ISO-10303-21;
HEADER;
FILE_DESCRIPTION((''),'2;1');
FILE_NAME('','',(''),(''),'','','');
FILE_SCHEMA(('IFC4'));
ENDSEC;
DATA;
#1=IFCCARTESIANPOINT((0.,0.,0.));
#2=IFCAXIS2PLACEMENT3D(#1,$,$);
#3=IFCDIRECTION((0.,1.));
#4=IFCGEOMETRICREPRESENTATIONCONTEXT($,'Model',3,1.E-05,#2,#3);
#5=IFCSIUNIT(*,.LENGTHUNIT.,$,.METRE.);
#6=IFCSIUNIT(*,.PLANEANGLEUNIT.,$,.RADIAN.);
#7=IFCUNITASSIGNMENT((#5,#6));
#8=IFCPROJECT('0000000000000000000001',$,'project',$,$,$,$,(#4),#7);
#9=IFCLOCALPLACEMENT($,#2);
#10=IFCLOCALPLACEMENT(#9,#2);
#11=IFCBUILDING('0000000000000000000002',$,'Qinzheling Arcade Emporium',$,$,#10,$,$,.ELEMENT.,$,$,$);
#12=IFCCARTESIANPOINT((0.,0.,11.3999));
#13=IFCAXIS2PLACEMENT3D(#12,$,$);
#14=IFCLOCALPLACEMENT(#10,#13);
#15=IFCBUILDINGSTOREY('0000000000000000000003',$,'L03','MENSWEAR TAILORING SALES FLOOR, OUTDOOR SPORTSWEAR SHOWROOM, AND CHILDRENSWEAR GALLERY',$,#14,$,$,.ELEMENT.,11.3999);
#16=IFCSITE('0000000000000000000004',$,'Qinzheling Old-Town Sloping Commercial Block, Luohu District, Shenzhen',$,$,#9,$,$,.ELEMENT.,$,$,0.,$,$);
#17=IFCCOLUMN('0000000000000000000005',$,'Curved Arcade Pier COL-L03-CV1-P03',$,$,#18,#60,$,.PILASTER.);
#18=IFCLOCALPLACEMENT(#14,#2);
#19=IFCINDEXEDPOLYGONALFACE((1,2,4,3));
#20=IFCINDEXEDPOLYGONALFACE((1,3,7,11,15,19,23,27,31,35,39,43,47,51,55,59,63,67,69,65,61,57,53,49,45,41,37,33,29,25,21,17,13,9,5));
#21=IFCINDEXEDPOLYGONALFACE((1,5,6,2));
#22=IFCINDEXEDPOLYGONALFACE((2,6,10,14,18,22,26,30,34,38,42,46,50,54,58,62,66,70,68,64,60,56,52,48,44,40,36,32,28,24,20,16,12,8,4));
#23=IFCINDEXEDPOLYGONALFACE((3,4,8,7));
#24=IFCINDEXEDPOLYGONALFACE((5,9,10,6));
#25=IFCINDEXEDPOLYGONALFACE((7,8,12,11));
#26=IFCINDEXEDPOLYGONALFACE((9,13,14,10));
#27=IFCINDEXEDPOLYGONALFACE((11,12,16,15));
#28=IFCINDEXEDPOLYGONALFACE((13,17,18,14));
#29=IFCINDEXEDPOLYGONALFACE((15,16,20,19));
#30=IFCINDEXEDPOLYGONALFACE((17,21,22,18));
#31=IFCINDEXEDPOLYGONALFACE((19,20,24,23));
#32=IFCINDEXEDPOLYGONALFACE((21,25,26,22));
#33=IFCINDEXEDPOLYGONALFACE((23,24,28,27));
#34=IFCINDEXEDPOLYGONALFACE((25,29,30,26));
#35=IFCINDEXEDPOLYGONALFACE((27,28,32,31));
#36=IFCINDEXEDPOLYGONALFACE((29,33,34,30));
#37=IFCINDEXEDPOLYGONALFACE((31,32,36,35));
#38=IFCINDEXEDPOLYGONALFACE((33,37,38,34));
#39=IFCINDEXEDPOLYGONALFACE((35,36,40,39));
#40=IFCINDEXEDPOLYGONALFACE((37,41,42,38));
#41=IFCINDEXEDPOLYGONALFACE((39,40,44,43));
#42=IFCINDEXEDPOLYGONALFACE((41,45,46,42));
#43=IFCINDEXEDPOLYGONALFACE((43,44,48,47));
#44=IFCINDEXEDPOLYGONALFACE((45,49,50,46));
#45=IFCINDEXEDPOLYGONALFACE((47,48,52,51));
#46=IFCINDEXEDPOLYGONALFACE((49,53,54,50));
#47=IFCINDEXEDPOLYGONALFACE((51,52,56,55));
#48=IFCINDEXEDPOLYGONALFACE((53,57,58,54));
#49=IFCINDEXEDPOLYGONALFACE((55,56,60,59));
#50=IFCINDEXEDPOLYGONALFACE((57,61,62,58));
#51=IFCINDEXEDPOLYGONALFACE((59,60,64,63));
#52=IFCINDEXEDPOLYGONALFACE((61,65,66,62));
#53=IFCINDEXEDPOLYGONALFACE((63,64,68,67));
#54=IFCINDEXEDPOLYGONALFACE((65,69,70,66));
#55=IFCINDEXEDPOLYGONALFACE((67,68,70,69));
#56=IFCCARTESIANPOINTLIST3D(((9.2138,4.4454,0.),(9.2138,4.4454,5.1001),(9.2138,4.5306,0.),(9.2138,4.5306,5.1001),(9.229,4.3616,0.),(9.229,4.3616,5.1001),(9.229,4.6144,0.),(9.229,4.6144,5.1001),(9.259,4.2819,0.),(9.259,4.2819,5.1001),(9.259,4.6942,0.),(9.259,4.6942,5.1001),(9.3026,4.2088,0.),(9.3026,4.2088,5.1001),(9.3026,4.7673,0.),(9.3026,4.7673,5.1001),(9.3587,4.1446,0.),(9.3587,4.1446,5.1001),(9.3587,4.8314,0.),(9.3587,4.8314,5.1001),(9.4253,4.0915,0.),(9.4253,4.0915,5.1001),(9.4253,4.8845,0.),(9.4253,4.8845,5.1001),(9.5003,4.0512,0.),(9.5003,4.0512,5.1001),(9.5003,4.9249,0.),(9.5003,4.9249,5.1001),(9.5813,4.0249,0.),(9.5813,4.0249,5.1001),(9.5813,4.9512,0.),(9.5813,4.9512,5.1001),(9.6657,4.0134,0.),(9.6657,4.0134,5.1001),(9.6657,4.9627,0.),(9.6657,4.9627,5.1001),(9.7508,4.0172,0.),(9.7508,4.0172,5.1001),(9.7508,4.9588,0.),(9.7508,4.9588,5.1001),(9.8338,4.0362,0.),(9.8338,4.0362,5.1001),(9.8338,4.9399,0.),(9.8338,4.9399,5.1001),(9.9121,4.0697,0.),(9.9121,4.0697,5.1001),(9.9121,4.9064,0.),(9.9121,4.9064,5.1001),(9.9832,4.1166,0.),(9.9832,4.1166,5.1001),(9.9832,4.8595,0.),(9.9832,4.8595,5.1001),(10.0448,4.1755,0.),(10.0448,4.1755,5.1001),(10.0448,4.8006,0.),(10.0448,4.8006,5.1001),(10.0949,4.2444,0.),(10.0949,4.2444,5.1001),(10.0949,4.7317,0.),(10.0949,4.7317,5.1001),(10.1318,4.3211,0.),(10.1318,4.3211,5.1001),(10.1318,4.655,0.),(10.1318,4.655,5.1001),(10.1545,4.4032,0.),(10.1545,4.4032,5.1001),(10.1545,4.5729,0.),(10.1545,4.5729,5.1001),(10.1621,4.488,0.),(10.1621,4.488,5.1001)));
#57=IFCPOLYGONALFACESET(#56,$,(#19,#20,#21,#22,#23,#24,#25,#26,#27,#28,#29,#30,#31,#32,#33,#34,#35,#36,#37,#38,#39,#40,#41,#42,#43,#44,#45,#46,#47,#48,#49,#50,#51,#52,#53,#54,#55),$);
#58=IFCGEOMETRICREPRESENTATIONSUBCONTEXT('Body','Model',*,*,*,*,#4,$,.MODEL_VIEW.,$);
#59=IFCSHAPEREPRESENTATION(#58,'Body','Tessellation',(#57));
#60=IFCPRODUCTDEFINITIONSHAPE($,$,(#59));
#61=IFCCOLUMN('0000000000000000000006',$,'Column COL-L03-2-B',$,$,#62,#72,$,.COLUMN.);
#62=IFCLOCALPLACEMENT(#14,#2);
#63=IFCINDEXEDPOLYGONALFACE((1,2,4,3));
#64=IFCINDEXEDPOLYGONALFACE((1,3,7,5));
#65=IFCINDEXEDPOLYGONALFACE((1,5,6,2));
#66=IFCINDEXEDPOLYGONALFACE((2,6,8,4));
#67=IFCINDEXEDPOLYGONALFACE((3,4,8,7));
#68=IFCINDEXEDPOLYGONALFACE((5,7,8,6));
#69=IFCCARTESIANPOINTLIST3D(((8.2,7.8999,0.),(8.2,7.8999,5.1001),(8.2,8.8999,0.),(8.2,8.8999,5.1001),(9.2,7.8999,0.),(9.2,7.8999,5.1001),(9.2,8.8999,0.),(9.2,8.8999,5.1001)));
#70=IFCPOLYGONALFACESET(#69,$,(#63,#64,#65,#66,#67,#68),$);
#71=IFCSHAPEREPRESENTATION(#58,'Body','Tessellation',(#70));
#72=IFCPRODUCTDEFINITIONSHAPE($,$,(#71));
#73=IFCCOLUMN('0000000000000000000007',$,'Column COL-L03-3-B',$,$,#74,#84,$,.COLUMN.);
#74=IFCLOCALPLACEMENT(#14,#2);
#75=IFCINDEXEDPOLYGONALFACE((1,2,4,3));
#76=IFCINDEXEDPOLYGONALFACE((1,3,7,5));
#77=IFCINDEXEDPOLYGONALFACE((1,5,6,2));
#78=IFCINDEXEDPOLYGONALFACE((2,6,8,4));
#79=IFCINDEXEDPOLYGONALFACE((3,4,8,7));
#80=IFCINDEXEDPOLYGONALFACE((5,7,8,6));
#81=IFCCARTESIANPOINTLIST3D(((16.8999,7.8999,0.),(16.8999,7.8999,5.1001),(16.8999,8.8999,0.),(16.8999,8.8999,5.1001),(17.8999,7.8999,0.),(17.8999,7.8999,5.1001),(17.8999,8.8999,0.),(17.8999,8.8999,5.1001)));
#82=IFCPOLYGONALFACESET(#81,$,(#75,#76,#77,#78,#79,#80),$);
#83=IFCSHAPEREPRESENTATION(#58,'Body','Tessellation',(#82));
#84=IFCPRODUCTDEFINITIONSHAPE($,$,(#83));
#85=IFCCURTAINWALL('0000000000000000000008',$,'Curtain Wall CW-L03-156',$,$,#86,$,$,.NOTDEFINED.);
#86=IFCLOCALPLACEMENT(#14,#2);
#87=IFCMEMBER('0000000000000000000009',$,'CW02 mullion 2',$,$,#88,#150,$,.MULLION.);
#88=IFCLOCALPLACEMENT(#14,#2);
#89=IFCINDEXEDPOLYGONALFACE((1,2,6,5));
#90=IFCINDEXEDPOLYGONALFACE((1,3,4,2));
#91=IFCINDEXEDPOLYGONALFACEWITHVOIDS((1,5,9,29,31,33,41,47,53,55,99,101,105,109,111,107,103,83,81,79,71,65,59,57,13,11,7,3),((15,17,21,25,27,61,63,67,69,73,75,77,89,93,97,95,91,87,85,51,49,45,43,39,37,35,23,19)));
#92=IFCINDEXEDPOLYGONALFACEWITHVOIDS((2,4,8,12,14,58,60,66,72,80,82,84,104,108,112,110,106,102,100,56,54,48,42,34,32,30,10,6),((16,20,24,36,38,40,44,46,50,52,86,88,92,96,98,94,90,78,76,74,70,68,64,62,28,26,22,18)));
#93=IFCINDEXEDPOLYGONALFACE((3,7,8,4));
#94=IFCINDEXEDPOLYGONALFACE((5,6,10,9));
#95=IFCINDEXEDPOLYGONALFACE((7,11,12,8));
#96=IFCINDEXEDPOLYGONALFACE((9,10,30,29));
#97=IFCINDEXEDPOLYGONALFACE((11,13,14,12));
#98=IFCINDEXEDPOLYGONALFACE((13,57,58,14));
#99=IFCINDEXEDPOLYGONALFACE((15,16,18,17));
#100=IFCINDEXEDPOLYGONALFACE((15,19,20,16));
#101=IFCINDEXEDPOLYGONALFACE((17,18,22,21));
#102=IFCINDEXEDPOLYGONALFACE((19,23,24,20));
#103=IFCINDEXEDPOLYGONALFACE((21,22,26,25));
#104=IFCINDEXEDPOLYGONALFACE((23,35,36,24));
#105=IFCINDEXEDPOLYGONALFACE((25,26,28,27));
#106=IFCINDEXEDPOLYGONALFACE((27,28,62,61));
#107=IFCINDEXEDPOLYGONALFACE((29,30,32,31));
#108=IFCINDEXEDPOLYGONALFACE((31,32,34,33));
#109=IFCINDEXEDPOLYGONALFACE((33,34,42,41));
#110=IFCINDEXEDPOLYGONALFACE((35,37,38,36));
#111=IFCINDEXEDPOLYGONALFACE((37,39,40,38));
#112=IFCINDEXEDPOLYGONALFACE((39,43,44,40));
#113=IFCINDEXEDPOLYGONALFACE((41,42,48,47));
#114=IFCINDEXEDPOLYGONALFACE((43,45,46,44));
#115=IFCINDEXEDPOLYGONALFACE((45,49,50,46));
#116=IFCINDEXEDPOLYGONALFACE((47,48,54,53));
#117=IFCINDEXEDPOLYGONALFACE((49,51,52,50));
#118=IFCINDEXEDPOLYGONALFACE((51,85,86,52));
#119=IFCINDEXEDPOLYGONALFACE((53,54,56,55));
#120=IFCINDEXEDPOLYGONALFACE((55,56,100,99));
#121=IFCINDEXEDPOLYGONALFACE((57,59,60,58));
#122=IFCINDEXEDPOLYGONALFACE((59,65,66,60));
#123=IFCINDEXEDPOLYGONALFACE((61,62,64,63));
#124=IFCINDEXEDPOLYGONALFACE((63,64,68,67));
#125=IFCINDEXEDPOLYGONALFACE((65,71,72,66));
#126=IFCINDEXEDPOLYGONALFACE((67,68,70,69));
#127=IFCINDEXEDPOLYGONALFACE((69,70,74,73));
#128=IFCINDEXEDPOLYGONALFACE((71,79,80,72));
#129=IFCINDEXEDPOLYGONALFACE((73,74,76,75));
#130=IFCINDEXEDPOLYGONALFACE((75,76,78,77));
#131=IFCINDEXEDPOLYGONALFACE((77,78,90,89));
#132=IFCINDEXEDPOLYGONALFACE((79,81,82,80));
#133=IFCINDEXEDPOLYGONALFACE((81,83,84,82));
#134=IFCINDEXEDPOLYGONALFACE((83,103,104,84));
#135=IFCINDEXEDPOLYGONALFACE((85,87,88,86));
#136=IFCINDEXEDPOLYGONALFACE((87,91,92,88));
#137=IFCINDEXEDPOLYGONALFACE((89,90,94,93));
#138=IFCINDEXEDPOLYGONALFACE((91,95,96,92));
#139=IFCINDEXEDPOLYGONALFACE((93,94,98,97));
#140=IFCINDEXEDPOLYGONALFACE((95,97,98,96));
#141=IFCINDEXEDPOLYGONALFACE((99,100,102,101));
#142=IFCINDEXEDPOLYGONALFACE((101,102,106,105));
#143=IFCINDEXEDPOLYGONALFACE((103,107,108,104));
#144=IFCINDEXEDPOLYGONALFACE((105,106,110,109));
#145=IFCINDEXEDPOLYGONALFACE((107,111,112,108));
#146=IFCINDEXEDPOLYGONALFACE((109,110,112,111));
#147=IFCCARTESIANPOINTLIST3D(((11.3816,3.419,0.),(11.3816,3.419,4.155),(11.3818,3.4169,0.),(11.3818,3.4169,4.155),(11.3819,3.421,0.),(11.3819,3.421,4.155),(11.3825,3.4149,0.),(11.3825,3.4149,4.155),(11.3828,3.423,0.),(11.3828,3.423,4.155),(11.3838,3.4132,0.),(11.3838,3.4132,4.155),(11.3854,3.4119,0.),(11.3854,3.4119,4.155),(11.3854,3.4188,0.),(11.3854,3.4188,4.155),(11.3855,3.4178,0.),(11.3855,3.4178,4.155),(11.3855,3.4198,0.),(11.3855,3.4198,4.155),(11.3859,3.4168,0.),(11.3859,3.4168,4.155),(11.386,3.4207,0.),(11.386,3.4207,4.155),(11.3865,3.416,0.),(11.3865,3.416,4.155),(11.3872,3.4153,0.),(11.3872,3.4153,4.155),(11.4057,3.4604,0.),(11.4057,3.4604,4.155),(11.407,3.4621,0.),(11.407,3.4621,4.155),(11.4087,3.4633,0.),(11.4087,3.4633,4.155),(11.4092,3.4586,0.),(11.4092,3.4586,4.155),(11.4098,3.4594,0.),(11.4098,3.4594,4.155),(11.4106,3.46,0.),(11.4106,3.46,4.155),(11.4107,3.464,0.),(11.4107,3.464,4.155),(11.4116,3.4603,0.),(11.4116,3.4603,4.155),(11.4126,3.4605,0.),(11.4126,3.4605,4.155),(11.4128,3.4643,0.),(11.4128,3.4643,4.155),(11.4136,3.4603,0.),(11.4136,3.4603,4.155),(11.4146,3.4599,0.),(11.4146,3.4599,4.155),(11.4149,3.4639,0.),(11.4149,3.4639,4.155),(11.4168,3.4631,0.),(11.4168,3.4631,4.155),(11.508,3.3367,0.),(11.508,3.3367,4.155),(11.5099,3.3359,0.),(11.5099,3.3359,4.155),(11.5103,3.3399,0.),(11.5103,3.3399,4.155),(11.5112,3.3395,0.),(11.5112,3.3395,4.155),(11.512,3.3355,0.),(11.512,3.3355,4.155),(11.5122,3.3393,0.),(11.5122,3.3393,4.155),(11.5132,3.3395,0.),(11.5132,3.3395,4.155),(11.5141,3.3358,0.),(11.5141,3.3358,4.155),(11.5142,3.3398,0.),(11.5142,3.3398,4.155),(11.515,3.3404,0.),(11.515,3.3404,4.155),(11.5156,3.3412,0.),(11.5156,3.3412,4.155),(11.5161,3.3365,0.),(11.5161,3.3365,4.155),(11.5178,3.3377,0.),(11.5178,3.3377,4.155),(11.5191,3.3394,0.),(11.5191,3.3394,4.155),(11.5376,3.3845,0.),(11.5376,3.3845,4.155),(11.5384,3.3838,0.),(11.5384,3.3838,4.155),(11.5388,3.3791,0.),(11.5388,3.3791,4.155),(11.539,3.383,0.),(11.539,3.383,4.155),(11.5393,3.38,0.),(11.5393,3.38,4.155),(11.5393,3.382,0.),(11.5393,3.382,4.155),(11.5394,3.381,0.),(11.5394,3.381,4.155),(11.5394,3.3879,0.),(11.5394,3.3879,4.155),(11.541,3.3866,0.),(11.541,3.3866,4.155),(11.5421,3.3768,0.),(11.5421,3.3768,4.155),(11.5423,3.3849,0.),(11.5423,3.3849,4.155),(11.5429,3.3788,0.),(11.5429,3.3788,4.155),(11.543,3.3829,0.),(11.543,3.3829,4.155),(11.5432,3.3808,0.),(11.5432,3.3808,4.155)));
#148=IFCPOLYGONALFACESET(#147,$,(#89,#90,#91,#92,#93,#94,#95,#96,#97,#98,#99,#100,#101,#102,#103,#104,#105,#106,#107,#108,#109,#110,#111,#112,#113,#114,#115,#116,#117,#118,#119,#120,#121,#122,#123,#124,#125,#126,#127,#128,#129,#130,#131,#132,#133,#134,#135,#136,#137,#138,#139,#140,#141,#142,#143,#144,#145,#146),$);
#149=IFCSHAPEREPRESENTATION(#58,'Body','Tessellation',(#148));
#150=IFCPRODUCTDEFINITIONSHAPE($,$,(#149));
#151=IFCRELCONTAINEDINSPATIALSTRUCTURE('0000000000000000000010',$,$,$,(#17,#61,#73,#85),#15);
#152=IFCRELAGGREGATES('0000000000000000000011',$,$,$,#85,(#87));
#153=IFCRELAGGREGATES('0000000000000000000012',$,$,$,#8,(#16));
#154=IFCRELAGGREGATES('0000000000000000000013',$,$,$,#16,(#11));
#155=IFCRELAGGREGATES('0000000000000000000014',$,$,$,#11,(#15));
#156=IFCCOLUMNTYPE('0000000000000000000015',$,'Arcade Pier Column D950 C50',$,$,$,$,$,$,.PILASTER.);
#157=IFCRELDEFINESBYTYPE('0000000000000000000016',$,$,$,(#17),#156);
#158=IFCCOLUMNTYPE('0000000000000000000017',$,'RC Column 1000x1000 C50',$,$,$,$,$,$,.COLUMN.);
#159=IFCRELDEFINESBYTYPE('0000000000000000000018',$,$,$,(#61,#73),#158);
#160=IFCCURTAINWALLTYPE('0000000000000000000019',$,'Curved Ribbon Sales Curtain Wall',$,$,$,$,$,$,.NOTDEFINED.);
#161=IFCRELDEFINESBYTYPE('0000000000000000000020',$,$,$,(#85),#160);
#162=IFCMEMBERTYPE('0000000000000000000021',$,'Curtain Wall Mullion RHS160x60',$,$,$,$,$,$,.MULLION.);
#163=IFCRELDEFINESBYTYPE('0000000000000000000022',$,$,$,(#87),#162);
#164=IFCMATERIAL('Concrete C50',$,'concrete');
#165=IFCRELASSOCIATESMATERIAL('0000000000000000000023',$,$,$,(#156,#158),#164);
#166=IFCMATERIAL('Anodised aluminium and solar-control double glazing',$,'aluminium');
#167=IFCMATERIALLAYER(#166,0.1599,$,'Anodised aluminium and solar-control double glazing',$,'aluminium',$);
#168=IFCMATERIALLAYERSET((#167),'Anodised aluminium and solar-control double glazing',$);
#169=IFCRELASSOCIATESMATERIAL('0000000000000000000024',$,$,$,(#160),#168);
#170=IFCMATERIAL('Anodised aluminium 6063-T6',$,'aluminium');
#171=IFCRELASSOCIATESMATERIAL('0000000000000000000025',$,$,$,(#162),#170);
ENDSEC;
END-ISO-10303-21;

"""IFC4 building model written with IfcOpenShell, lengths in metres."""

from ifc_helpers import new_model, si_unit, direction, frame, origin, origin_2d, place, context, subcontext, project, spatial, rectangle, hollow_rectangle, circle, extrude, material, layer, layer_set, material_profile, profile_set, type_object, element, aggregate, save


model = new_model("IFC4")

# Units and contexts
model_context = context("Model", 3, precision=1e-05, world=origin(), true_north=direction((0.0, 1.0)))
body_context = subcontext(model_context, "Body", "Model", "MODEL_VIEW")
ifc_project = project(units=[si_unit("LENGTHUNIT", "METRE"), si_unit("PLANEANGLEUNIT", "RADIAN")], contexts=[model_context])

# Site, building, storey
site_placement = place(None, origin())
site = spatial("IfcSite", under=ifc_project, at=site_placement, Name="Qinzheling Old-Town Sloping Commercial Block, Luohu District, Shenzhen", CompositionType="ELEMENT", RefElevation=0.0)
building_placement = place(site_placement, origin())
building = spatial("IfcBuilding", under=site, at=building_placement, Name="Qinzheling Arcade Emporium", CompositionType="ELEMENT")
storey_placement = place(building_placement, frame((0.0, 0.0, 11.3999)))
storey = spatial("IfcBuildingStorey", under=building, at=storey_placement, Name="L03", Description="MENSWEAR TAILORING SALES FLOOR, OUTDOOR SPORTSWEAR SHOWROOM, AND CHILDRENSWEAR GALLERY", CompositionType="ELEMENT", Elevation=11.3999)

# Columns
ifc_material_1 = material(Name="Concrete C50", Category="concrete")
ifc_material_profile_1 = material_profile(ifc_material_1, circle(Radius=0.4751, at=origin_2d()), Name="RC D950", Category="concrete")
ifc_profile_set_1 = profile_set([ifc_material_profile_1], Name="Concrete C50")
column_type_1 = type_object("IfcColumnType", Name="Arcade Pier Column D950 C50", PredefinedType="PILASTER", material=ifc_profile_set_1)
column_placement = place(storey_placement, frame((9.687, 4.488, 0.0), z_axis=(0.0, 0.0, 1.0), x_axis=(1.0, 0.0, 0.0)))
element("IfcColumn", 1, at=column_placement, inside=storey, type_object=column_type_1, Name="Curved Arcade Pier COL-L03-CV1-P03", PredefinedType="PILASTER", context=body_context, shape_type="SweptSolid", body=[
    extrude(circle(Radius=0.4751, at=origin_2d()), origin(), (0.0, 0.0, 1.0), 5.1001),
])
ifc_material_profile_2 = material_profile(ifc_material_1, rectangle(XDim=1.0, YDim=1.0, at=origin_2d()), Name="RC 1000x1000", Category="concrete")
ifc_profile_set_2 = profile_set([ifc_material_profile_2], Name="Concrete C50")
column_type_2 = type_object("IfcColumnType", Name="RC Column 1000x1000 C50", PredefinedType="COLUMN", material=ifc_profile_set_2)
for number, where, z_axis, x_axis, name in (
    (2, (8.7, 8.3999, 0.0), (0.0, 0.0, 1.0), (1.0, 0.0, 0.0), "Column COL-L03-2-B"),
    (3, (17.3999, 8.3999, 0.0), (0.0, 0.0, 1.0), (1.0, 0.0, 0.0), "Column COL-L03-3-B"),
):
    element("IfcColumn", number, at=place(storey_placement, frame(where, z_axis=z_axis, x_axis=x_axis)), inside=storey, type_object=column_type_2, Name=name, PredefinedType="COLUMN", context=body_context, shape_type="SweptSolid", body=[
        extrude(rectangle(XDim=1.0, YDim=1.0, at=origin_2d()), origin(), (0.0, 0.0, 1.0), 5.1001),
    ])

# Curtain wall, member
ifc_material_2 = material(Name="Anodised aluminium and solar-control double glazing", Category="aluminium")
ifc_layer_1 = layer(ifc_material_2, 0.1599, Name="Anodised aluminium and solar-control double glazing", Category="aluminium")
ifc_layer_set_1 = layer_set([ifc_layer_1], Name="Anodised aluminium and solar-control double glazing")
curtain_wall_type = type_object("IfcCurtainWallType", Name="Curved Ribbon Sales Curtain Wall", PredefinedType="NOTDEFINED", material=ifc_layer_set_1)
curtain_wall_1_placement = place(storey_placement, origin())
curtain_wall_1 = element("IfcCurtainWall", 4, at=curtain_wall_1_placement, inside=storey, type_object=curtain_wall_type, Name="Curtain Wall CW-L03-156", PredefinedType="NOTDEFINED")
ifc_material_3 = material(Name="Anodised aluminium 6063-T6", Category="aluminium")
ifc_material_profile_3 = material_profile(ifc_material_3, hollow_rectangle(XDim=0.0601, YDim=0.1599, WallThickness=0.0039, InnerFilletRadius=0.0039, OuterFilletRadius=0.0081, at=origin_2d()), Name="RHS 160x60x4", Category="aluminium")
ifc_profile_set_3 = profile_set([ifc_material_profile_3], Name="Anodised aluminium 6063-T6")
member_type_1 = type_object("IfcMemberType", Name="Curtain Wall Mullion RHS160x60", PredefinedType="MULLION", material=ifc_profile_set_3)
member_1_placement = place(storey_placement, frame((11.4624, 3.3999, 0.0), z_axis=(0.0, 0.0, 1.0), x_axis=(-0.522672, -0.852534, 0.0)))
member_1 = element("IfcMember", 5, at=member_1_placement, type_object=member_type_1, Name="CW02 mullion 2", PredefinedType="MULLION", context=body_context, shape_type="SweptSolid", body=[
    extrude(hollow_rectangle(XDim=0.0601, YDim=0.1599, WallThickness=0.0039, InnerFilletRadius=0.0039, OuterFilletRadius=0.0081, at=origin_2d()), origin(), (0.0, 0.0, 1.0), 4.155),
])

aggregate(curtain_wall_1, [member_1])

save(model, "model.ifc")
